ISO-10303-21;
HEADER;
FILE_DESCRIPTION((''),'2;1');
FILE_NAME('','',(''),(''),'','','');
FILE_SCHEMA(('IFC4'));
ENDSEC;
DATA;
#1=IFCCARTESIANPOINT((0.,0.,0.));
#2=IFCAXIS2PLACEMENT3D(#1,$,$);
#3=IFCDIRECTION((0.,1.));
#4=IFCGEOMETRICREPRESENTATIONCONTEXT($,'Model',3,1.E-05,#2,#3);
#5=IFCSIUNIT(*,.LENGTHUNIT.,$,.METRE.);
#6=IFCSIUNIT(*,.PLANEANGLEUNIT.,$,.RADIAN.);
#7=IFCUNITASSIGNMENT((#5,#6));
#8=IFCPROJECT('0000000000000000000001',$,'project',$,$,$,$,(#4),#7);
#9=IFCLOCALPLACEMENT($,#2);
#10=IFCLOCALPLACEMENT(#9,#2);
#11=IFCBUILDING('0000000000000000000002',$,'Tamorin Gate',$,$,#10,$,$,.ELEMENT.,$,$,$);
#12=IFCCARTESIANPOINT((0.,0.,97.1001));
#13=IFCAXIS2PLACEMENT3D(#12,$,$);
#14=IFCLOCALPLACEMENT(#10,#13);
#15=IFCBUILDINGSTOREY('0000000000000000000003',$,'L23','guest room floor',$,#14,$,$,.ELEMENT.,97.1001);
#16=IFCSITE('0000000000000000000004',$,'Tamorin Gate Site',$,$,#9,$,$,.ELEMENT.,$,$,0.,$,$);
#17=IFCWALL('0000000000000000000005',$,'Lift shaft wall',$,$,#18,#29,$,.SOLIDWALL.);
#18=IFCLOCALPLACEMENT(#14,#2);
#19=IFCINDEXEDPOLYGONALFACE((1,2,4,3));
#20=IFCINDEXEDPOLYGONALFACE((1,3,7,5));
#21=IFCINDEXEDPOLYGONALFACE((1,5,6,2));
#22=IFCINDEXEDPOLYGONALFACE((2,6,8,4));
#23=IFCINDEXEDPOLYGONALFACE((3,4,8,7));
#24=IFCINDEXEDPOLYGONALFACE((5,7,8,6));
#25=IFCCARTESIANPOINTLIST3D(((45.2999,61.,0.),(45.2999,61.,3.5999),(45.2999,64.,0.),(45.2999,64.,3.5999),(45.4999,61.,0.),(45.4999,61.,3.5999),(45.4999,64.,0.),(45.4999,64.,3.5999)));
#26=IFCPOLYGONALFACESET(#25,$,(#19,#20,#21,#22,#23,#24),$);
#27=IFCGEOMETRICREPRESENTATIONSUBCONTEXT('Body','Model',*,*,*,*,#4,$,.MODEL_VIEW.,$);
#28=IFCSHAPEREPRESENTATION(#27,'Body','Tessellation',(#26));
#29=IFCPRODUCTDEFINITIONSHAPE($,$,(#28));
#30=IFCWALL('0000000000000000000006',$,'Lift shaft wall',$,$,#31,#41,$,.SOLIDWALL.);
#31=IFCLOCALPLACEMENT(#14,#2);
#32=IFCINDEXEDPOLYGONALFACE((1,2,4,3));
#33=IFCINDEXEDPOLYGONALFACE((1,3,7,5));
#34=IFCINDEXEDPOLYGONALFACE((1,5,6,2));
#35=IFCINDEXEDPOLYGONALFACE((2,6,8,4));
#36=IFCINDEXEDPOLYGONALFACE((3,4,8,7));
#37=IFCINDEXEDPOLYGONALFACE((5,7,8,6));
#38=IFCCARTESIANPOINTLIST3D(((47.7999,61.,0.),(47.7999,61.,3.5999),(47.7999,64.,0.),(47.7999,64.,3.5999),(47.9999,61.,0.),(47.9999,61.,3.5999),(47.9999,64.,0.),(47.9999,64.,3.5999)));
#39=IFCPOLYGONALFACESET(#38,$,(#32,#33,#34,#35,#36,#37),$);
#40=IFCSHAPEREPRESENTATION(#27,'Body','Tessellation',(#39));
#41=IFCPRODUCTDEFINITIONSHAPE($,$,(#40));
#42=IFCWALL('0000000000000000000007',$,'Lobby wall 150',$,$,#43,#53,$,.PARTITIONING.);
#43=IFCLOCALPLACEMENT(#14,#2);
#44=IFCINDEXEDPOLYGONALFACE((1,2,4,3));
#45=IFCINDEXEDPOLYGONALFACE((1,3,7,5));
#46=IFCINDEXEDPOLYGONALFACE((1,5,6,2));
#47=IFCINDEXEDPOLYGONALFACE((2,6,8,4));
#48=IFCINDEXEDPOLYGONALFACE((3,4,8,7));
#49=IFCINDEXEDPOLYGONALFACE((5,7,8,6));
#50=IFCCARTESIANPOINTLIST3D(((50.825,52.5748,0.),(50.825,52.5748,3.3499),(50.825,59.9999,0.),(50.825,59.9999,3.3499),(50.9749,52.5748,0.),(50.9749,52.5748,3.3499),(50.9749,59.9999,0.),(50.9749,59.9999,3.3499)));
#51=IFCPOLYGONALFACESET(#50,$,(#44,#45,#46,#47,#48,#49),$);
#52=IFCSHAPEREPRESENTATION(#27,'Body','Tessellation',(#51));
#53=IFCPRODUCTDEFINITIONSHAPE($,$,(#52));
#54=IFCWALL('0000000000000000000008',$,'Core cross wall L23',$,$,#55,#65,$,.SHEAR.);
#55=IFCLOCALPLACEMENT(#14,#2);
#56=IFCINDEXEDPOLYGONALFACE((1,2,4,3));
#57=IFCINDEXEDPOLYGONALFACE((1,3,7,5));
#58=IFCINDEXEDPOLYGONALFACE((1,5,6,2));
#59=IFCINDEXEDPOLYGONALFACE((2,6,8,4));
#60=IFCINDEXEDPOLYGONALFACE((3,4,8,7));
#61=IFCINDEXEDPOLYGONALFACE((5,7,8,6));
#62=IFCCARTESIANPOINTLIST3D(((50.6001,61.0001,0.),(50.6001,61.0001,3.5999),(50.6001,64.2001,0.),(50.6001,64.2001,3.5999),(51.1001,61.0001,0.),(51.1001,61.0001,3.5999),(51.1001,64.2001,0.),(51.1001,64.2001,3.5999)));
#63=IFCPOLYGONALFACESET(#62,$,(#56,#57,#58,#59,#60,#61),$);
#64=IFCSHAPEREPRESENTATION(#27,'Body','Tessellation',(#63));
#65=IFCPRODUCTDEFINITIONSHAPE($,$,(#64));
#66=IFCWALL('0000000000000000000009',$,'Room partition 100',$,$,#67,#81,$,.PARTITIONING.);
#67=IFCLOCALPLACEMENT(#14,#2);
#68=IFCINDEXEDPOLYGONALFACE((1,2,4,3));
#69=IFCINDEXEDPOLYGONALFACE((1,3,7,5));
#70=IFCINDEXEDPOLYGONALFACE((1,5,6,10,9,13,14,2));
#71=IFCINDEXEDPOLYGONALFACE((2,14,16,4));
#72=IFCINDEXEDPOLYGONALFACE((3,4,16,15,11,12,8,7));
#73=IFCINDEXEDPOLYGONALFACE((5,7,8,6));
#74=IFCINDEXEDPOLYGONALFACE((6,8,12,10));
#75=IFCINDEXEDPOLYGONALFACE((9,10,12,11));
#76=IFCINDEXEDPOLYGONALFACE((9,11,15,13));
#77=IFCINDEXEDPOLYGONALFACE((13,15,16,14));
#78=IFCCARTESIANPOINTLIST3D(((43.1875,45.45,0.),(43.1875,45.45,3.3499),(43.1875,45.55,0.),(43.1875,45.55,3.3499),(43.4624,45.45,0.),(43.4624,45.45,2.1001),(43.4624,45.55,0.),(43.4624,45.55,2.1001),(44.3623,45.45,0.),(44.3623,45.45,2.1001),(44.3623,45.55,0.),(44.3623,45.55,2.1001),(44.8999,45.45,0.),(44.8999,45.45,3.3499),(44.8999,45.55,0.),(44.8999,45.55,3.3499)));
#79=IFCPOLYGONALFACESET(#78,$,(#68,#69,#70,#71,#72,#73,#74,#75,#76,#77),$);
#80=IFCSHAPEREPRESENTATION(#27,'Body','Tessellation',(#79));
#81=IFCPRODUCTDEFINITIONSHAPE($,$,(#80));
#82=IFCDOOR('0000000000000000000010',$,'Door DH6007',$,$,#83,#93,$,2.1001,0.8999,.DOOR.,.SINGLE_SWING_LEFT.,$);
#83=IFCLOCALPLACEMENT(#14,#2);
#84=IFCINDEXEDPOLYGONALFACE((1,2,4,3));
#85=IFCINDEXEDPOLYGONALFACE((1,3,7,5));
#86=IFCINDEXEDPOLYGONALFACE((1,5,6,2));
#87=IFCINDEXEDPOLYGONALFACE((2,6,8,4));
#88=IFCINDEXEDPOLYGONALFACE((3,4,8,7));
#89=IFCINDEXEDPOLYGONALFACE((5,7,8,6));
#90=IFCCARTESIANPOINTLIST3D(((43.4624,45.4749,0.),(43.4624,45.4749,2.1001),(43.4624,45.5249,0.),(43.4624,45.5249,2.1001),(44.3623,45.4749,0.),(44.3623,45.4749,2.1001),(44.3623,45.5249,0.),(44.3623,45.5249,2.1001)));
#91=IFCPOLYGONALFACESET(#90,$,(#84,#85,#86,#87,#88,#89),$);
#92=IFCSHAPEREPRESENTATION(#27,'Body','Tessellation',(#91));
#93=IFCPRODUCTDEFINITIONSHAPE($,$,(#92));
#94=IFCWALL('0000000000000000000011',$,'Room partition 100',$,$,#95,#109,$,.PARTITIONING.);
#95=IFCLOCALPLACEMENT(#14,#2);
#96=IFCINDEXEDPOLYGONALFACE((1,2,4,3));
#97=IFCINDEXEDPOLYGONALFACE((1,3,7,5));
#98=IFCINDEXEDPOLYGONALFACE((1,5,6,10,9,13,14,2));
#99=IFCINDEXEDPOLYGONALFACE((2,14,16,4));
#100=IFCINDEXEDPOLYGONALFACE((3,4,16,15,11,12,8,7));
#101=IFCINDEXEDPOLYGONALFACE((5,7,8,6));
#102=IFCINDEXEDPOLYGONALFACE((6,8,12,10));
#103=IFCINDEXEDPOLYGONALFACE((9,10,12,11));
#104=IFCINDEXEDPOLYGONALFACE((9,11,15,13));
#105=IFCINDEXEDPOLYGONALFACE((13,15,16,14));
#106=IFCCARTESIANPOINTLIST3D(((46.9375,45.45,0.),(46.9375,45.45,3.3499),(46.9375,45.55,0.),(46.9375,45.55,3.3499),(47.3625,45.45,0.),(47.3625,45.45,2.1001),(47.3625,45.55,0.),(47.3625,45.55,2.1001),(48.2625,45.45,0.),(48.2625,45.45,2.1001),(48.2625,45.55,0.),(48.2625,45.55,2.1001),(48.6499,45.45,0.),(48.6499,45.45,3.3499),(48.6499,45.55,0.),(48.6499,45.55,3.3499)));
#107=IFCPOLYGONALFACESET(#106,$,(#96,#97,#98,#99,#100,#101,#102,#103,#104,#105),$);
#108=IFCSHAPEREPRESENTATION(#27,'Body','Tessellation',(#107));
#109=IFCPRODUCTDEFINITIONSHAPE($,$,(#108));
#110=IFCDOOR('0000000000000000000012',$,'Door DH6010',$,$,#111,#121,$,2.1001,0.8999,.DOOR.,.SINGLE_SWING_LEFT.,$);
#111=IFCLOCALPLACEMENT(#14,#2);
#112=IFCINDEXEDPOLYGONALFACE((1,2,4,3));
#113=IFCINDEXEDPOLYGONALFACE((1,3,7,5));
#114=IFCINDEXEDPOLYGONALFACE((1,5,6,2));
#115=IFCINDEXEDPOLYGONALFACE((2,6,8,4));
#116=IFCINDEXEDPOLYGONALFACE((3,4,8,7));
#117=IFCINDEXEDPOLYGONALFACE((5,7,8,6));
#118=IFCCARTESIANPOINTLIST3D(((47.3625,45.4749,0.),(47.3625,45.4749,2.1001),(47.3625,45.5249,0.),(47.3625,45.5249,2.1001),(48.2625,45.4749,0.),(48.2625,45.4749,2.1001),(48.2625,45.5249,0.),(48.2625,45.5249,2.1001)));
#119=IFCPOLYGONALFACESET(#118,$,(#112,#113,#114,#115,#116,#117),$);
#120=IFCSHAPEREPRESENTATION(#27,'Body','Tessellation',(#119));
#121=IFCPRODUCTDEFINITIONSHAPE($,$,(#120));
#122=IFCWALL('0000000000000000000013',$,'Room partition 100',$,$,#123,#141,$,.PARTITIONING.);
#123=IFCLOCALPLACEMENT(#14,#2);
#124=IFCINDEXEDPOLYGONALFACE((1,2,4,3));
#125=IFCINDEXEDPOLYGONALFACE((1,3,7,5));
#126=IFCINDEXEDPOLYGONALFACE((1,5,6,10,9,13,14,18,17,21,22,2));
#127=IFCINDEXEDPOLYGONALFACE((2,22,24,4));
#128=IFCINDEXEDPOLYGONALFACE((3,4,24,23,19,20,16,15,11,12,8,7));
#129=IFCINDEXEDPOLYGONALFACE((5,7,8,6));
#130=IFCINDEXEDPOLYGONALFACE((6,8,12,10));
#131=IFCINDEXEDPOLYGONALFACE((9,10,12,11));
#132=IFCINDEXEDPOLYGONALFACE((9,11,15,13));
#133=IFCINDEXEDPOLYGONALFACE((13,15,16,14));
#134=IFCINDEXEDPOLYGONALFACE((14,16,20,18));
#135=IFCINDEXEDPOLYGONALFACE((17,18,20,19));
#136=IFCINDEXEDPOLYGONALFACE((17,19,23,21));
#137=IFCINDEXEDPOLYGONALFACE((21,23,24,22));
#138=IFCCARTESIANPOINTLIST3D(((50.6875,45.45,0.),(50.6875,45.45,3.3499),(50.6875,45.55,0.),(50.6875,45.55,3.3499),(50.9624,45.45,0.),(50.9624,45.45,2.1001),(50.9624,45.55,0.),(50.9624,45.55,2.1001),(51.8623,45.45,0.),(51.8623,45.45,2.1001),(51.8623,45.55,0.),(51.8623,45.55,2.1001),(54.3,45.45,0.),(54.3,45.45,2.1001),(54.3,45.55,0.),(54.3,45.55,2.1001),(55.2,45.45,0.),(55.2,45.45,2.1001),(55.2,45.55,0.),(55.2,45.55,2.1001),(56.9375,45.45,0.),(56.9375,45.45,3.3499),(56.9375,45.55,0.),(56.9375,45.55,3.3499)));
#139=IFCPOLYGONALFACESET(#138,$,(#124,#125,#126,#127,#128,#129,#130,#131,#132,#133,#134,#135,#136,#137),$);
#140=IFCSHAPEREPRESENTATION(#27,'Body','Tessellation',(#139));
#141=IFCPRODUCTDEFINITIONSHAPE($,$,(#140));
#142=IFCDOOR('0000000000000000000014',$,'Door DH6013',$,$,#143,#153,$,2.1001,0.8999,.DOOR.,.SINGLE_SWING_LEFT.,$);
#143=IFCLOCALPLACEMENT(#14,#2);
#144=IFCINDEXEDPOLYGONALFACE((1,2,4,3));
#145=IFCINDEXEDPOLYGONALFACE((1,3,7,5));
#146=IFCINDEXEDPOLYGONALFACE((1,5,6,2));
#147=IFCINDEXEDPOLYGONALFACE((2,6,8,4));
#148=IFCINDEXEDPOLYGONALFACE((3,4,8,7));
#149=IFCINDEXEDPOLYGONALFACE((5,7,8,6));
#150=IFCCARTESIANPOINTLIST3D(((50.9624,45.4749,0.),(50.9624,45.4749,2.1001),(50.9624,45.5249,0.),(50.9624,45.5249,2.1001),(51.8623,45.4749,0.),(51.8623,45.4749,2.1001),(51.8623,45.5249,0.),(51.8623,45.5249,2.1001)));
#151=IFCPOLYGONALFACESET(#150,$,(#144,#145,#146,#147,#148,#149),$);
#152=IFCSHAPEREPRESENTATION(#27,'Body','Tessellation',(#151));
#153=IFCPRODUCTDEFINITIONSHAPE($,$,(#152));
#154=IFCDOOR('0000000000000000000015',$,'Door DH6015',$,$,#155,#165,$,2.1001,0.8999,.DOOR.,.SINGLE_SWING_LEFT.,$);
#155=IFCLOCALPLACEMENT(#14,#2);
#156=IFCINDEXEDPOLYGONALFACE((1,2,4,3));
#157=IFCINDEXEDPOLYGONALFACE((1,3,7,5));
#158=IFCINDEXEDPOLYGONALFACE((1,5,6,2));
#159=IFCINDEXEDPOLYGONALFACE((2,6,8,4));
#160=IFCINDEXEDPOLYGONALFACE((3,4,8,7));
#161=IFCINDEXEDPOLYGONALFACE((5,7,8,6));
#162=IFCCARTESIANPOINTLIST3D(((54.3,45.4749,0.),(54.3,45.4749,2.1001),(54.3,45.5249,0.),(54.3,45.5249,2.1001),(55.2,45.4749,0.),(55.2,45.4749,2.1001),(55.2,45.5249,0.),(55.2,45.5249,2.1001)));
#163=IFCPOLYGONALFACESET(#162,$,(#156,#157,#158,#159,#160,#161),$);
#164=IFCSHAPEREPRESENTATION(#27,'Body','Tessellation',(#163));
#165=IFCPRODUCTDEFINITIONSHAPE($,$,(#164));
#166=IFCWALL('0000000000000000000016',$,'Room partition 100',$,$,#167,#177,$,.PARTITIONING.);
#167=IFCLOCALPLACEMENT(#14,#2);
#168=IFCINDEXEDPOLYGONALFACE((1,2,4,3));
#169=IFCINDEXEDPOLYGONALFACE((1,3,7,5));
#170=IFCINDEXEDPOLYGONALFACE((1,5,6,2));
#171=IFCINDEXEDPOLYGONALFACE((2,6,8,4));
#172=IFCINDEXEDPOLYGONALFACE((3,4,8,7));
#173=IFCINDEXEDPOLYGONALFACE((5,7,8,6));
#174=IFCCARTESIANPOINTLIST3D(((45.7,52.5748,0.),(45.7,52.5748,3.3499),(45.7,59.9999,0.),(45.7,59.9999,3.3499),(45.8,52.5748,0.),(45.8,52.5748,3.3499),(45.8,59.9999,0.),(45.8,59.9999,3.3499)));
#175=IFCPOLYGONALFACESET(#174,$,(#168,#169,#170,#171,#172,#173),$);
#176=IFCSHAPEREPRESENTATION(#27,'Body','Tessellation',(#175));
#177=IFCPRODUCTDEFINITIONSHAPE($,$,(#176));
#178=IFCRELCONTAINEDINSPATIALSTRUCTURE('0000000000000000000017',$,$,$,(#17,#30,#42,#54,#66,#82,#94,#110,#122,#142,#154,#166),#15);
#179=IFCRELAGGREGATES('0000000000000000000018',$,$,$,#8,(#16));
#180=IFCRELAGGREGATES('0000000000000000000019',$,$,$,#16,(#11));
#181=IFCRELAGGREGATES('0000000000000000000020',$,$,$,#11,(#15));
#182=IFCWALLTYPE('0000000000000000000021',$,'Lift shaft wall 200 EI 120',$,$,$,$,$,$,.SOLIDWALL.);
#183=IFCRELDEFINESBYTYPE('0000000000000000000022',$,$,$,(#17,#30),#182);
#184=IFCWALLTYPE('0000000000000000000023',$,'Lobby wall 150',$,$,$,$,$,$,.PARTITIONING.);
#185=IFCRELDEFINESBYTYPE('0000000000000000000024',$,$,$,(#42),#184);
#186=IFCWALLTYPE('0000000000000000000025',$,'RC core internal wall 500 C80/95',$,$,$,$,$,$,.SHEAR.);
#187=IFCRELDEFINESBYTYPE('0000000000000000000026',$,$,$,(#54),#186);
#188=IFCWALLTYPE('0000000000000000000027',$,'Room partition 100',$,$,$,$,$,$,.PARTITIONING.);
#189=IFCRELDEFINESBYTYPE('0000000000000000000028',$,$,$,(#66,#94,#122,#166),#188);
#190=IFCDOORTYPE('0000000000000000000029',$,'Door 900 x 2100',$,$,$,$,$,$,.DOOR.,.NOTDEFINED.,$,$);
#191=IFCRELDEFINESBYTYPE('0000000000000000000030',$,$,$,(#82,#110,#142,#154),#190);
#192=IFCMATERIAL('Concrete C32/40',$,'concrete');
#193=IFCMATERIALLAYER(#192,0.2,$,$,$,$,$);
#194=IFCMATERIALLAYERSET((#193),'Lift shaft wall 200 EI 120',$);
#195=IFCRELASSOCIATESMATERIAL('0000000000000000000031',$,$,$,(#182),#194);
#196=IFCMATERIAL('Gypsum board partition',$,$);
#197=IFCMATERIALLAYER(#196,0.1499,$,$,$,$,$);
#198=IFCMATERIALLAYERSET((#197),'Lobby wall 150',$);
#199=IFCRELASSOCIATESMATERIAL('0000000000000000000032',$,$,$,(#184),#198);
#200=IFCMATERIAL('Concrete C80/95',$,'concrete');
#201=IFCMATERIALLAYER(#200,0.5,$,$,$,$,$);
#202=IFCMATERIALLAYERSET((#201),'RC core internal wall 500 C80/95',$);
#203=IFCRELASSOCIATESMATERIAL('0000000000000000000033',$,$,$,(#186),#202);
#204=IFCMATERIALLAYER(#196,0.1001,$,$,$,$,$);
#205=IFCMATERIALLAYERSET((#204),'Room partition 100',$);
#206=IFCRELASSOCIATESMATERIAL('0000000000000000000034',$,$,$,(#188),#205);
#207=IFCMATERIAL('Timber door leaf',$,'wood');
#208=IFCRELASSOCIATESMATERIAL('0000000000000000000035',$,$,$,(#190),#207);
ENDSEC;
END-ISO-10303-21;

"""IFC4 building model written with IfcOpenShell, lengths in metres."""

from ifc_helpers import new_model, si_unit, direction, frame, frame_2d, origin, place, context, subcontext, project, spatial, rectangle, extrude, material, layer, layer_set, type_object, element, fill, save


model = new_model("IFC4")

# Units and contexts
model_context = context("Model", 3, precision=1e-05, world=origin(), true_north=direction((0.0, 1.0)))
body_context = subcontext(model_context, "Body", "Model", "MODEL_VIEW")
ifc_project = project(units=[si_unit("LENGTHUNIT", "METRE"), si_unit("PLANEANGLEUNIT", "RADIAN")], contexts=[model_context])

# Site, building, storey
site_placement = place(None, origin())
site = spatial("IfcSite", under=ifc_project, at=site_placement, Name="Tamorin Gate Site", CompositionType="ELEMENT", RefElevation=0.0)
building_placement = place(site_placement, origin())
building = spatial("IfcBuilding", under=site, at=building_placement, Name="Tamorin Gate", CompositionType="ELEMENT")
storey_placement = place(building_placement, frame((0.0, 0.0, 97.1001)))
storey = spatial("IfcBuildingStorey", under=building, at=storey_placement, Name="L23", Description="guest room floor", CompositionType="ELEMENT", Elevation=97.1001)

# Shared definitions
ifc_material_1 = material(Name="Concrete C80/95", Category="concrete")

# Walls
ifc_material_2 = material(Name="Gypsum board partition")
ifc_material_3 = material(Name="Concrete C32/40", Category="concrete")
ifc_layer_1 = layer(ifc_material_3, 0.2)
ifc_layer_set_1 = layer_set([ifc_layer_1], Name="Lift shaft wall 200 EI 120")
wall_type_1 = type_object("IfcWallType", Name="Lift shaft wall 200 EI 120", PredefinedType="SOLIDWALL", material=ifc_layer_set_1)
for number, where, z_axis, x_axis, name in (
    (1, (45.3999, 61.0, 0.0), (0.0, 0.0, 1.0), (0.0, 1.0, 0.0), "Lift shaft wall"),
    (2, (47.8999, 61.0, 0.0), (0.0, 0.0, 1.0), (0.0, 1.0, 0.0), "Lift shaft wall"),
):
    element("IfcWall", number, at=place(storey_placement, frame(where, z_axis=z_axis, x_axis=x_axis)), inside=storey, type_object=wall_type_1, Name=name, PredefinedType="SOLIDWALL", context=body_context, shape_type="SweptSolid", body=[
        extrude(rectangle(XDim=3.0, YDim=0.2, at=frame_2d((1.5, 0.0))), origin(), (0.0, 0.0, 1.0), 3.5999),
    ])
ifc_layer_2 = layer(ifc_material_2, 0.1499)
ifc_layer_set_2 = layer_set([ifc_layer_2], Name="Lobby wall 150")
wall_type_2 = type_object("IfcWallType", Name="Lobby wall 150", PredefinedType="PARTITIONING", material=ifc_layer_set_2)
wall_1_placement = place(storey_placement, frame((50.8999, 52.575, 0.0), z_axis=(0.0, 0.0, 1.0), x_axis=(0.0, 1.0, 0.0)))
element("IfcWall", 3, at=wall_1_placement, inside=storey, type_object=wall_type_2, Name="Lobby wall 150", PredefinedType="PARTITIONING", context=body_context, shape_type="SweptSolid", body=[
    extrude(rectangle(XDim=7.425, YDim=0.1499, at=frame_2d((3.7124, 0.0))), origin(), (0.0, 0.0, 1.0), 3.3499),
])
ifc_layer_3 = layer(ifc_material_1, 0.5)
ifc_layer_set_3 = layer_set([ifc_layer_3], Name="RC core internal wall 500 C80/95")
wall_type_3 = type_object("IfcWallType", Name="RC core internal wall 500 C80/95", PredefinedType="SHEAR", material=ifc_layer_set_3)
wall_2_placement = place(storey_placement, frame((50.8501, 61.0, 0.0), z_axis=(0.0, 0.0, 1.0), x_axis=(0.0, 1.0, 0.0)))
element("IfcWall", 4, at=wall_2_placement, inside=storey, type_object=wall_type_3, Name="Core cross wall L23", PredefinedType="SHEAR", context=body_context, shape_type="SweptSolid", body=[
    extrude(rectangle(XDim=3.2, YDim=0.5, at=frame_2d((1.6001, 0.0))), origin(), (0.0, 0.0, 1.0), 3.5999),
])

# Walls, openings, doors
ifc_layer_4 = layer(ifc_material_2, 0.1001)
ifc_layer_set_4 = layer_set([ifc_layer_4], Name="Room partition 100")
wall_type_4 = type_object("IfcWallType", Name="Room partition 100", PredefinedType="PARTITIONING", material=ifc_layer_set_4)
wall_3_placement = place(storey_placement, frame((43.1875, 45.5, 0.0), z_axis=(0.0, 0.0, 1.0), x_axis=(1.0, 0.0, 0.0)))
wall_3 = element("IfcWall", 5, at=wall_3_placement, inside=storey, type_object=wall_type_4, Name="Room partition 100", PredefinedType="PARTITIONING", context=body_context, shape_type="SweptSolid", body=[
    extrude(rectangle(XDim=1.7124, YDim=0.1001, at=frame_2d((0.8562, 0.0))), origin(), (0.0, 0.0, 1.0), 3.3499),
])
opening_1_placement = place(wall_3_placement, frame((0.2749, 0.0, 0.0)))
opening_1 = element("IfcOpeningElement", 6, at=opening_1_placement, cuts=wall_3, PredefinedType="OPENING", context=body_context, shape_type="SweptSolid", body=[
    extrude(rectangle(XDim=0.8999, YDim=2.1001, at=frame_2d((0.45, 1.05))), frame((0.0, 0.0601, 0.0), z_axis=(0.0, -1.0, 0.0), x_axis=(1.0, 0.0, 0.0)), (0.0, 0.0, 1.0), 0.1201),
])
ifc_material_4 = material(Name="Timber door leaf", Category="wood")
door_type = type_object("IfcDoorType", Name="Door 900 x 2100", OperationType="NOTDEFINED", PredefinedType="DOOR", material=ifc_material_4)
door_1_placement = place(opening_1_placement, origin())
door_1 = element("IfcDoor", 7, at=door_1_placement, inside=storey, type_object=door_type, Name="Door DH6007", OperationType="SINGLE_SWING_LEFT", OverallHeight=2.1001, OverallWidth=0.8999, PredefinedType="DOOR", context=body_context, shape_type="SweptSolid", body=[
    extrude(rectangle(XDim=0.8999, YDim=2.1001, at=frame_2d((0.45, 1.05))), frame((0.0, 0.0249, 0.0), z_axis=(0.0, -1.0, 0.0), x_axis=(1.0, 0.0, 0.0)), (0.0, 0.0, 1.0), 0.05),
])
fill(opening_1, door_1)
wall_4_placement = place(storey_placement, frame((46.9375, 45.5, 0.0), z_axis=(0.0, 0.0, 1.0), x_axis=(1.0, 0.0, 0.0)))
wall_4 = element("IfcWall", 8, at=wall_4_placement, inside=storey, type_object=wall_type_4, Name="Room partition 100", PredefinedType="PARTITIONING", context=body_context, shape_type="SweptSolid", body=[
    extrude(rectangle(XDim=1.7124, YDim=0.1001, at=frame_2d((0.8562, 0.0))), origin(), (0.0, 0.0, 1.0), 3.3499),
])
opening_2_placement = place(wall_4_placement, frame((0.425, 0.0, 0.0)))
opening_2 = element("IfcOpeningElement", 9, at=opening_2_placement, cuts=wall_4, PredefinedType="OPENING", context=body_context, shape_type="SweptSolid", body=[
    extrude(rectangle(XDim=0.8999, YDim=2.1001, at=frame_2d((0.45, 1.05))), frame((0.0, 0.0601, 0.0), z_axis=(0.0, -1.0, 0.0), x_axis=(1.0, 0.0, 0.0)), (0.0, 0.0, 1.0), 0.1201),
])
door_2_placement = place(opening_2_placement, origin())
door_2 = element("IfcDoor", 10, at=door_2_placement, inside=storey, type_object=door_type, Name="Door DH6010", OperationType="SINGLE_SWING_LEFT", OverallHeight=2.1001, OverallWidth=0.8999, PredefinedType="DOOR", context=body_context, shape_type="SweptSolid", body=[
    extrude(rectangle(XDim=0.8999, YDim=2.1001, at=frame_2d((0.45, 1.05))), frame((0.0, 0.0249, 0.0), z_axis=(0.0, -1.0, 0.0), x_axis=(1.0, 0.0, 0.0)), (0.0, 0.0, 1.0), 0.05),
])
fill(opening_2, door_2)

# Wall, openings, doors
wall_5_placement = place(storey_placement, frame((50.6875, 45.5, 0.0), z_axis=(0.0, 0.0, 1.0), x_axis=(1.0, 0.0, 0.0)))
wall_5 = element("IfcWall", 11, at=wall_5_placement, inside=storey, type_object=wall_type_4, Name="Room partition 100", PredefinedType="PARTITIONING", context=body_context, shape_type="SweptSolid", body=[
    extrude(rectangle(XDim=6.25, YDim=0.1001, at=frame_2d((3.125, 0.0))), origin(), (0.0, 0.0, 1.0), 3.3499),
])
opening_3_placement = place(wall_5_placement, frame((0.2749, 0.0, 0.0)))
opening_3 = element("IfcOpeningElement", 12, at=opening_3_placement, cuts=wall_5, PredefinedType="OPENING", context=body_context, shape_type="SweptSolid", body=[
    extrude(rectangle(XDim=0.8999, YDim=2.1001, at=frame_2d((0.45, 1.05))), frame((0.0, 0.0601, 0.0), z_axis=(0.0, -1.0, 0.0), x_axis=(1.0, 0.0, 0.0)), (0.0, 0.0, 1.0), 0.1201),
])
opening_4_placement = place(wall_5_placement, frame((3.6125, 0.0, 0.0)))
opening_4 = element("IfcOpeningElement", 13, at=opening_4_placement, cuts=wall_5, PredefinedType="OPENING", context=body_context, shape_type="SweptSolid", body=[
    extrude(rectangle(XDim=0.8999, YDim=2.1001, at=frame_2d((0.45, 1.05))), frame((0.0, 0.0601, 0.0), z_axis=(0.0, -1.0, 0.0), x_axis=(1.0, 0.0, 0.0)), (0.0, 0.0, 1.0), 0.1201),
])
door_3_placement = place(opening_3_placement, origin())
door_3 = element("IfcDoor", 14, at=door_3_placement, inside=storey, type_object=door_type, Name="Door DH6013", OperationType="SINGLE_SWING_LEFT", OverallHeight=2.1001, OverallWidth=0.8999, PredefinedType="DOOR", context=body_context, shape_type="SweptSolid", body=[
    extrude(rectangle(XDim=0.8999, YDim=2.1001, at=frame_2d((0.45, 1.05))), frame((0.0, 0.0249, 0.0), z_axis=(0.0, -1.0, 0.0), x_axis=(1.0, 0.0, 0.0)), (0.0, 0.0, 1.0), 0.05),
])
fill(opening_3, door_3)
door_4_placement = place(opening_4_placement, origin())
door_4 = element("IfcDoor", 15, at=door_4_placement, inside=storey, type_object=door_type, Name="Door DH6015", OperationType="SINGLE_SWING_LEFT", OverallHeight=2.1001, OverallWidth=0.8999, PredefinedType="DOOR", context=body_context, shape_type="SweptSolid", body=[
    extrude(rectangle(XDim=0.8999, YDim=2.1001, at=frame_2d((0.45, 1.05))), frame((0.0, 0.0249, 0.0), z_axis=(0.0, -1.0, 0.0), x_axis=(1.0, 0.0, 0.0)), (0.0, 0.0, 1.0), 0.05),
])
fill(opening_4, door_4)

# Wall
wall_6_placement = place(storey_placement, frame((45.75, 52.575, 0.0), z_axis=(0.0, 0.0, 1.0), x_axis=(0.0, 1.0, 0.0)))
element("IfcWall", 16, at=wall_6_placement, inside=storey, type_object=wall_type_4, Name="Room partition 100", PredefinedType="PARTITIONING", context=body_context, shape_type="SweptSolid", body=[
    extrude(rectangle(XDim=7.425, YDim=0.1001, at=frame_2d((3.7124, 0.0))), origin(), (0.0, 0.0, 1.0), 3.3499),
])

save(model, "model.ifc")
